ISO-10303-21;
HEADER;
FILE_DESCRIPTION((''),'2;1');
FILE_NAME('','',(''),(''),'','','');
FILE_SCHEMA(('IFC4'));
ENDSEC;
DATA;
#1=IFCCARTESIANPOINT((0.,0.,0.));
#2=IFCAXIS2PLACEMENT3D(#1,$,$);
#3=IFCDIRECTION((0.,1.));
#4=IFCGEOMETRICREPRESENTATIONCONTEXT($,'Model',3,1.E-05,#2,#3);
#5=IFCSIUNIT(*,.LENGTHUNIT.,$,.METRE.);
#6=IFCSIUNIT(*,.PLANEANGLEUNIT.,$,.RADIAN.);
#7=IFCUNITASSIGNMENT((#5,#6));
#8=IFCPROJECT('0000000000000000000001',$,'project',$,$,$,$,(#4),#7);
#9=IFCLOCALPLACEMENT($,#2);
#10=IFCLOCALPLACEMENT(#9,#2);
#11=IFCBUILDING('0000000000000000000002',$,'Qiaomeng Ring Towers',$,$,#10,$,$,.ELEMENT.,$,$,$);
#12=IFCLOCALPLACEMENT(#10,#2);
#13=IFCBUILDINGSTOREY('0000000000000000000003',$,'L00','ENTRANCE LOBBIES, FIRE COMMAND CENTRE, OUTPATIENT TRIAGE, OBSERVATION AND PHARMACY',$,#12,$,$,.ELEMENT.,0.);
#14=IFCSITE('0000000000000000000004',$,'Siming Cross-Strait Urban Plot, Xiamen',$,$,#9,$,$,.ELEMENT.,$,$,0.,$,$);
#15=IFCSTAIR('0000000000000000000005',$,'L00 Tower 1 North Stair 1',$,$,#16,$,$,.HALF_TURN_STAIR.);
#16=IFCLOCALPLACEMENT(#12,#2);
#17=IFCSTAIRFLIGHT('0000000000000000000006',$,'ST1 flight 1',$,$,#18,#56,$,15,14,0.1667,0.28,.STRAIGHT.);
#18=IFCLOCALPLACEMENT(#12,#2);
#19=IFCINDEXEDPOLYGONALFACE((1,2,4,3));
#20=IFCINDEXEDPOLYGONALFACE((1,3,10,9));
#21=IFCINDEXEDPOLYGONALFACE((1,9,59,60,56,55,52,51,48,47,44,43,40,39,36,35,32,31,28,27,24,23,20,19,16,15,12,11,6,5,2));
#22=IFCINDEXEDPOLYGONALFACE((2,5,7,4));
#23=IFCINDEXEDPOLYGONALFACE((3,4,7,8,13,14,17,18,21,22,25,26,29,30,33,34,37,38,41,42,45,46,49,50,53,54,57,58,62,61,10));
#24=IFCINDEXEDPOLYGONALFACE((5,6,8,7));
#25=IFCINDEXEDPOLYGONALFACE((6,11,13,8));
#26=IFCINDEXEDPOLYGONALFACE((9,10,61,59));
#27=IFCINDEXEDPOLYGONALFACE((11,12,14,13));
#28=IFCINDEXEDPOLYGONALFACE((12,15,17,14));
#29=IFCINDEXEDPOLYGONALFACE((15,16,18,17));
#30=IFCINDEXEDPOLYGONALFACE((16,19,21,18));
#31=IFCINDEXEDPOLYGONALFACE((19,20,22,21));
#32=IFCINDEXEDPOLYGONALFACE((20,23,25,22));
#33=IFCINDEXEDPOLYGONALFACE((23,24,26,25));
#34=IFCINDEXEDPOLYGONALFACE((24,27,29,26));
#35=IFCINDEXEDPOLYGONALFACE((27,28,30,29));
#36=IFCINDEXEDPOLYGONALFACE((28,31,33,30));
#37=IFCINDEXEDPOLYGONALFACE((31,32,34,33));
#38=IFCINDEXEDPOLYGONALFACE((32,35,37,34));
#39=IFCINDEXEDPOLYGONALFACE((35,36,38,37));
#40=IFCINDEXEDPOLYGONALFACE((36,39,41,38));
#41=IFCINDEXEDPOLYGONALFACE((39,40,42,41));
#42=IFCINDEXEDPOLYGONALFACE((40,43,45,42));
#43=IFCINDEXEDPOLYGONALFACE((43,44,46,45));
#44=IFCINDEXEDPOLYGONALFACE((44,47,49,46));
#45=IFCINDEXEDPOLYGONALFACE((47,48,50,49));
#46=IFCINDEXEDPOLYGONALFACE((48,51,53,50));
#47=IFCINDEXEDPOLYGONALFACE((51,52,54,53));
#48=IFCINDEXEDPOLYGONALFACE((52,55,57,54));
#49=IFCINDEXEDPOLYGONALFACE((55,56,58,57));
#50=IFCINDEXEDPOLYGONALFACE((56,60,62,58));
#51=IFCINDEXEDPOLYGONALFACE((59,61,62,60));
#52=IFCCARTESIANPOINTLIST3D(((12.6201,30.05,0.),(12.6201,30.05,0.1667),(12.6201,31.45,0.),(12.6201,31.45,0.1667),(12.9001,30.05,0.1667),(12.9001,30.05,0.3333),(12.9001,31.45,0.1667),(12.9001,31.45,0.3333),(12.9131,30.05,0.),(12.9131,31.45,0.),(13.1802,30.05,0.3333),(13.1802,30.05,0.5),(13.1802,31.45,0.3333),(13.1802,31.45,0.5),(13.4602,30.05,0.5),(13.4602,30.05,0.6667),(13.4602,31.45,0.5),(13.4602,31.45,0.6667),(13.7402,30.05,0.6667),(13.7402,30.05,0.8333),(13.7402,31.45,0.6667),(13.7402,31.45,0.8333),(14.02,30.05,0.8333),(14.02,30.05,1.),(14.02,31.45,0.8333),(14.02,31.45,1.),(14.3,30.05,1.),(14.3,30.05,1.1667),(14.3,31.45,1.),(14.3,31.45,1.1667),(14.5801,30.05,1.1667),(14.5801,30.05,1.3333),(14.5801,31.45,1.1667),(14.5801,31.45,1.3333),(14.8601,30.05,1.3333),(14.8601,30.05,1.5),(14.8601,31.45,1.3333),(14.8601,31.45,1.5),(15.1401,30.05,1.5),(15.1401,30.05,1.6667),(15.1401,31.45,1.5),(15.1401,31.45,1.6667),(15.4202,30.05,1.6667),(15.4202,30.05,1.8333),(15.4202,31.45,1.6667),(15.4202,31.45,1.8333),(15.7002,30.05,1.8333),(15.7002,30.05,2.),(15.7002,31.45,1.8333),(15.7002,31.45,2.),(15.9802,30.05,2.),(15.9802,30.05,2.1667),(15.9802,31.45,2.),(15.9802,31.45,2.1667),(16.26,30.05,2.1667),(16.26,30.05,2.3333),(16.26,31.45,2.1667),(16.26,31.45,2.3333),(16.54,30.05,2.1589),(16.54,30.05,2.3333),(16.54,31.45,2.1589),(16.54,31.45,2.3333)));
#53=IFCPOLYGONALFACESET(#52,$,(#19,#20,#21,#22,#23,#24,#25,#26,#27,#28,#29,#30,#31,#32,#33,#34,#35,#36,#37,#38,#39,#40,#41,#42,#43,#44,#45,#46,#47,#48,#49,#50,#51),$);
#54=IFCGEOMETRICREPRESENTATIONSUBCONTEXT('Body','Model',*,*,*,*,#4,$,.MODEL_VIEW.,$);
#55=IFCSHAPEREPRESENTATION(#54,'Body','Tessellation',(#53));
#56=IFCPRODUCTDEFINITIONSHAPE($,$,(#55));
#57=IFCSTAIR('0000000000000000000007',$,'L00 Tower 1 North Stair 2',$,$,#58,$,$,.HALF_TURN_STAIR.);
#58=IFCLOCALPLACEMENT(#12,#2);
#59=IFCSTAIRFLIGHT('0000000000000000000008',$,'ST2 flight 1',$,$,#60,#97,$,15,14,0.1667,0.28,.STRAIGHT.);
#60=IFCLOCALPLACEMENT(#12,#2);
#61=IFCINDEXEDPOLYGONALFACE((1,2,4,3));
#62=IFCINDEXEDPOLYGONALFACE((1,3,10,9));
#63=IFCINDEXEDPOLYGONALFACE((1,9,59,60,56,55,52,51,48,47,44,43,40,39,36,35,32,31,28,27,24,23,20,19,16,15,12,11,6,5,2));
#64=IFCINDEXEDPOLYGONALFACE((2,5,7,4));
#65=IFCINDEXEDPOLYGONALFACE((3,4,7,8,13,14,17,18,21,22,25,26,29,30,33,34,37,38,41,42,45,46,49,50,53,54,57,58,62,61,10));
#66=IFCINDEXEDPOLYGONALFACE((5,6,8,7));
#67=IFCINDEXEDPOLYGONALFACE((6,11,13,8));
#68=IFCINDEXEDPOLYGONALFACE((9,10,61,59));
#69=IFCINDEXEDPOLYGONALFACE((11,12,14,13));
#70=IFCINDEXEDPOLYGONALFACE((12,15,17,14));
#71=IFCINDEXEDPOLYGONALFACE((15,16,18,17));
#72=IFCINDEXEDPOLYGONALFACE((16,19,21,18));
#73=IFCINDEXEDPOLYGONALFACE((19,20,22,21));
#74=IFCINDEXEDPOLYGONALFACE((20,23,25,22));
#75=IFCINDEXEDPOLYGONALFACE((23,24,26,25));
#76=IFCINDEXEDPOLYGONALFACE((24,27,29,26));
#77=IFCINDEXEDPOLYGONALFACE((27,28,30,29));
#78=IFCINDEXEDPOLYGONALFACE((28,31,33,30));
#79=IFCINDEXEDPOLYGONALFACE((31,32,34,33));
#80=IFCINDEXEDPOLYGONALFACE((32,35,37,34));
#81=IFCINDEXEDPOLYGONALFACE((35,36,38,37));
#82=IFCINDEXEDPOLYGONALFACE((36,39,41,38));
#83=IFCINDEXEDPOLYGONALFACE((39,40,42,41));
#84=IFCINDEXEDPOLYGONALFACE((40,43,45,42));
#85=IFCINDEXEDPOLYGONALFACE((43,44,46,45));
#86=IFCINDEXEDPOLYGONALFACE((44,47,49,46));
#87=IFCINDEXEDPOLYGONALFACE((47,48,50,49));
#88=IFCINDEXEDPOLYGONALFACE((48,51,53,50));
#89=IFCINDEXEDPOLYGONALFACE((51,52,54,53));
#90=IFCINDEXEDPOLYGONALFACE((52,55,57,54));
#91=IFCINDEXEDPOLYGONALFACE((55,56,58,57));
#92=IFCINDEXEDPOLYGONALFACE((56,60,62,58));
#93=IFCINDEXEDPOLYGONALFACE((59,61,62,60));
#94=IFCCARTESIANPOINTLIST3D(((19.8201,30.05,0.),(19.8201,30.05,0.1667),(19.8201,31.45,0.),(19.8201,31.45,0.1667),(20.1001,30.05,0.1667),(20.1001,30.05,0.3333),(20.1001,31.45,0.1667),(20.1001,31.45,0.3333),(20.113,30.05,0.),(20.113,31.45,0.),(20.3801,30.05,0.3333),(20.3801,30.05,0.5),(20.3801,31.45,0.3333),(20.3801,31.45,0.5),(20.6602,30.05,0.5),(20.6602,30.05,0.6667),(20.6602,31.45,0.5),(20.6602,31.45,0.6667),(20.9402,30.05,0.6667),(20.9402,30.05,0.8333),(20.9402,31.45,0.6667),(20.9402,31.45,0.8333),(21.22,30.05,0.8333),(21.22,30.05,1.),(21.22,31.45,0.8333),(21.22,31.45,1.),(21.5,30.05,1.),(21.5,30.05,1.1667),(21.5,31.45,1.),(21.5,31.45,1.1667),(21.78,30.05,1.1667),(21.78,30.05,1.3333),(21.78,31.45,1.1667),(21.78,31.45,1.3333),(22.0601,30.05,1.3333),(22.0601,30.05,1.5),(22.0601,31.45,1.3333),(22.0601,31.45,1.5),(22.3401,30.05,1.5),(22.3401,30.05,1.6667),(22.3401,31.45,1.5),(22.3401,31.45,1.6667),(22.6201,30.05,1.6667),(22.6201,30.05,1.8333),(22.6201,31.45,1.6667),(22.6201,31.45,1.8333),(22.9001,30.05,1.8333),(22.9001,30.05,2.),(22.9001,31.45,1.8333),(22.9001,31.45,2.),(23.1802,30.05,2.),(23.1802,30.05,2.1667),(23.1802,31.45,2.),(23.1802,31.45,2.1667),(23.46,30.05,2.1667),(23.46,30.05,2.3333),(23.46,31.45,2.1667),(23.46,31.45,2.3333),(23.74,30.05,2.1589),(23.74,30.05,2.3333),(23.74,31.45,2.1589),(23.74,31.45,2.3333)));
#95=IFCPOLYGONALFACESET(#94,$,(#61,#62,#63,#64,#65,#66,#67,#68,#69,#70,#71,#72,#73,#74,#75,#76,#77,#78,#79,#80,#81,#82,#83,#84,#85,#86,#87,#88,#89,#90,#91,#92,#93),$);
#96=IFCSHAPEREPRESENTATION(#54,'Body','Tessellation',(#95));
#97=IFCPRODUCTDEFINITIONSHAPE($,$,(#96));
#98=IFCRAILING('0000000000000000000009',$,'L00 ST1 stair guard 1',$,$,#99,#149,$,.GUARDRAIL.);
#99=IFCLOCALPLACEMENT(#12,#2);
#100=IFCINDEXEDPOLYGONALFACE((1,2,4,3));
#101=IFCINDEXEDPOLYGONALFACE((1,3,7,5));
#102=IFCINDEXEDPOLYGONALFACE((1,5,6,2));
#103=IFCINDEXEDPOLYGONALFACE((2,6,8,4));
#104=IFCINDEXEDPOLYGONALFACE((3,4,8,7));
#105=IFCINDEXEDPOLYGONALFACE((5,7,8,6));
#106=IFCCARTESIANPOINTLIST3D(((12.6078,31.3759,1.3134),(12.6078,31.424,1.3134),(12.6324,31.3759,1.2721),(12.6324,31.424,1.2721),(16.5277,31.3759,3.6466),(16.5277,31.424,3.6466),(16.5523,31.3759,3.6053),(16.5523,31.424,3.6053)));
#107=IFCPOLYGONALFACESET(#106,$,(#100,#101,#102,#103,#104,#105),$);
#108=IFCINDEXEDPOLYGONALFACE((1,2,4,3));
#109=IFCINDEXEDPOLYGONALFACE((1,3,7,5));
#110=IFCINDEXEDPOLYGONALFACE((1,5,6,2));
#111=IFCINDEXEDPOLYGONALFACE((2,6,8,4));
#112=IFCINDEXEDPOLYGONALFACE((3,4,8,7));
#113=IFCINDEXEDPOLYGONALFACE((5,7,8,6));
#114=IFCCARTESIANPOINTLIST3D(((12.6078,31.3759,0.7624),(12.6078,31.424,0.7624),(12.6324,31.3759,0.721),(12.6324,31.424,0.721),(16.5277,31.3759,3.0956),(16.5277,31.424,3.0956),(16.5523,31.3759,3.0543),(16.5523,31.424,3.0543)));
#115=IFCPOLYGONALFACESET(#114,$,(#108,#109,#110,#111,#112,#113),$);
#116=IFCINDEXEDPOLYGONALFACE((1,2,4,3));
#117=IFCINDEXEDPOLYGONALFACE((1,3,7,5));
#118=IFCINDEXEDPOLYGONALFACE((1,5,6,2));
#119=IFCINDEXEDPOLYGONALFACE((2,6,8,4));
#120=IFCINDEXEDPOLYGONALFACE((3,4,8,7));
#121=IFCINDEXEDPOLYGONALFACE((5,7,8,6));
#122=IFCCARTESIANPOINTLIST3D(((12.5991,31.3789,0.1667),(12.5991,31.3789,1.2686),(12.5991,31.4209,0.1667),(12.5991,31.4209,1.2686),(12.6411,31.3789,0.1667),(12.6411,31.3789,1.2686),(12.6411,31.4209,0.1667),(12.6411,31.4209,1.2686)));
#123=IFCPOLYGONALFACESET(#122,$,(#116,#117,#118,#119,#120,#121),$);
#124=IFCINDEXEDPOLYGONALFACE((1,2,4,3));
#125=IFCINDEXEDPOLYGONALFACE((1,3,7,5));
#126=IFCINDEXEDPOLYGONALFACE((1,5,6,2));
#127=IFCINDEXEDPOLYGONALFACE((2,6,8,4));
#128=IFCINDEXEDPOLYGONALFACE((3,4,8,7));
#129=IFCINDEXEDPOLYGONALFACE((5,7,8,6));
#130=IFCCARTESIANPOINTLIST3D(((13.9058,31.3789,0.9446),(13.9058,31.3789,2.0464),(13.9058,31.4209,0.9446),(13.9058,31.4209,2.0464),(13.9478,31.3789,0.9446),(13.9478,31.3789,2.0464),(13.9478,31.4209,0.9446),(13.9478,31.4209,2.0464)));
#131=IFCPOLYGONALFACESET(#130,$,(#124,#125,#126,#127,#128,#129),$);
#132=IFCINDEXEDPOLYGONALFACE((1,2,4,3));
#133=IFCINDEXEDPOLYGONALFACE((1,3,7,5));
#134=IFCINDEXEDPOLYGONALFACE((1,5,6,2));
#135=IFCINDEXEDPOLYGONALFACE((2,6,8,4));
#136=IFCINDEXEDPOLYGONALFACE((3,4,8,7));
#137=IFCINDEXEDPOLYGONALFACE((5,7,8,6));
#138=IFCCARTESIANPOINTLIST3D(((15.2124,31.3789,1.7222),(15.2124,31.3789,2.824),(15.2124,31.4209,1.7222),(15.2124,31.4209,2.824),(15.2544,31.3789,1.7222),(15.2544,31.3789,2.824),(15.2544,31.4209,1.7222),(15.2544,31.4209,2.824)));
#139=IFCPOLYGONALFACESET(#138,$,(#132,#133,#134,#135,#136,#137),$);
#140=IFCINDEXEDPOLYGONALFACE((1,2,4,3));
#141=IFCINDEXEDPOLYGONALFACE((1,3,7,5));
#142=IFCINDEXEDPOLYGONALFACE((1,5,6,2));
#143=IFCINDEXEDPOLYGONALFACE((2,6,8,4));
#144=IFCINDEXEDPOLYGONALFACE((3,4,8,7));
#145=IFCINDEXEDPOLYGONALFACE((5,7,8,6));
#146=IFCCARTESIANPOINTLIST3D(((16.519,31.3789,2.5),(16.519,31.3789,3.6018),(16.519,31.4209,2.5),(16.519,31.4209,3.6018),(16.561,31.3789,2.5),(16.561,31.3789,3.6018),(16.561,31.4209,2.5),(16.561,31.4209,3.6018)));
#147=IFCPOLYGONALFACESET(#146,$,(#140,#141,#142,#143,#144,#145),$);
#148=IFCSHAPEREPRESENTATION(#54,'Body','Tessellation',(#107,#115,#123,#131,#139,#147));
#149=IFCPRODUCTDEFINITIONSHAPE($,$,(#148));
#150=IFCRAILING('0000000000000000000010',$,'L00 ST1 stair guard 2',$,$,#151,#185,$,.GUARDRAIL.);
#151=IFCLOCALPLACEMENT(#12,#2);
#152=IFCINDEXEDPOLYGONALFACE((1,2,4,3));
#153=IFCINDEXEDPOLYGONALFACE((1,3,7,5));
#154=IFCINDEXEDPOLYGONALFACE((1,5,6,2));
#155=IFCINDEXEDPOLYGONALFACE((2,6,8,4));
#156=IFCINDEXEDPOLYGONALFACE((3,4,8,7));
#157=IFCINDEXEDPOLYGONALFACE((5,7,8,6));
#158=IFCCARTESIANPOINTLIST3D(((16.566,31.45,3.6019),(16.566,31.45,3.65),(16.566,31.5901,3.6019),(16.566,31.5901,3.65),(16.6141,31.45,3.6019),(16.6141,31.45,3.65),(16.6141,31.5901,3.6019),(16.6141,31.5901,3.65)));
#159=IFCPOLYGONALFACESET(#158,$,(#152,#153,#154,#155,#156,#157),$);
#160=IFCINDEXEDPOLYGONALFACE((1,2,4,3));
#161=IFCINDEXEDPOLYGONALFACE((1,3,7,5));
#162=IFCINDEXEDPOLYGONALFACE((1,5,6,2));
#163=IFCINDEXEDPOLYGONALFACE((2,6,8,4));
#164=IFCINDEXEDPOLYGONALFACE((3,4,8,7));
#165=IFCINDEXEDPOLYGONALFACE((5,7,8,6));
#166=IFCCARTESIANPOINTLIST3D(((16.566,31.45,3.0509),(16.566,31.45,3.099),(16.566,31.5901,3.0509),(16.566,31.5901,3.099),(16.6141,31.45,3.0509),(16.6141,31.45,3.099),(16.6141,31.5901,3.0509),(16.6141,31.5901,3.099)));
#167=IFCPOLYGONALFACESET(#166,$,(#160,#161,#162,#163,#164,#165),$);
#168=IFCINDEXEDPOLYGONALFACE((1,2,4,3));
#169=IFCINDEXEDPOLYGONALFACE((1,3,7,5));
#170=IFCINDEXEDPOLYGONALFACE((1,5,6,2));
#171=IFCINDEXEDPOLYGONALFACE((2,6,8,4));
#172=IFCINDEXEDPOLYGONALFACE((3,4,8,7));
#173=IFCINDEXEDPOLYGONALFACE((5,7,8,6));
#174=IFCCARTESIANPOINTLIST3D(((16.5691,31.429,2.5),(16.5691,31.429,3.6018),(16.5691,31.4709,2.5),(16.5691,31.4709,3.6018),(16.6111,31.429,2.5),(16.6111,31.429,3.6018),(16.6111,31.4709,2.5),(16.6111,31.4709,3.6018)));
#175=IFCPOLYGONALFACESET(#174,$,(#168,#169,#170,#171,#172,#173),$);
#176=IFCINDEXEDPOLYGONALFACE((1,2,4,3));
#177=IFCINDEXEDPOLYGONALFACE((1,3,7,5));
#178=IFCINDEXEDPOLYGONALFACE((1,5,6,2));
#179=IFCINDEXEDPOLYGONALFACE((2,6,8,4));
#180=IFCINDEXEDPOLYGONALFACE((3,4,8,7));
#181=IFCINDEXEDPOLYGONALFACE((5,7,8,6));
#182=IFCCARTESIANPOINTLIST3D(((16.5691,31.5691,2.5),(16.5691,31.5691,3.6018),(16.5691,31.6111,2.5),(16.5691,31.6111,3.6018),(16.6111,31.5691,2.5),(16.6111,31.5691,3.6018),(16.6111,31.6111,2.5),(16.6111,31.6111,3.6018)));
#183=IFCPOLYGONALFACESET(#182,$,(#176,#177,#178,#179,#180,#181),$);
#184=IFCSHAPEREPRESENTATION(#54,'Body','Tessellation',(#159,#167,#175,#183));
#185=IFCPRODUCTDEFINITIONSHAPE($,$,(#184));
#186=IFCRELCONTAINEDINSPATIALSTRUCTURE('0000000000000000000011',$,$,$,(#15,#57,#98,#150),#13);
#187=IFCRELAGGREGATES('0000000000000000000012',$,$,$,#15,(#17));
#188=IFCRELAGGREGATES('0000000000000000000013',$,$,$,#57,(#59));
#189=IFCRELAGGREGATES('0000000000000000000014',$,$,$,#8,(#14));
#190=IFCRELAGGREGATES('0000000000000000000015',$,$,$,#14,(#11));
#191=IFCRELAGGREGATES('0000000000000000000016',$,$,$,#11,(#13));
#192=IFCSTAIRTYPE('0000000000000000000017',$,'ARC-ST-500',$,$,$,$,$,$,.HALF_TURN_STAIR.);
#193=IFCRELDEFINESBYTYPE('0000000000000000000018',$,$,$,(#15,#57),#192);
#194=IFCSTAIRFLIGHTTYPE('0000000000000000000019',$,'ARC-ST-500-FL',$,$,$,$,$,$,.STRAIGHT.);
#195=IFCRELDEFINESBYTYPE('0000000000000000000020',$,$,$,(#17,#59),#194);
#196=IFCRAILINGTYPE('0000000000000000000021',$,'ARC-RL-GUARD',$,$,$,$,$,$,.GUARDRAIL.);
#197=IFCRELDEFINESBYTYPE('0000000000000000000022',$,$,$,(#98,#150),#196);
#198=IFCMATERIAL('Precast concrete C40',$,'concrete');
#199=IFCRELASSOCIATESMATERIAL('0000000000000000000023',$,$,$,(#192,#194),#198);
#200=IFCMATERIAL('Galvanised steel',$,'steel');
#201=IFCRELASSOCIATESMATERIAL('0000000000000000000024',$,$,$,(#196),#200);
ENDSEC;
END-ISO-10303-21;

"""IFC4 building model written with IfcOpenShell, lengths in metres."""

from ifc_helpers import new_model, si_unit, direction, frame, origin, origin_2d, place, context, subcontext, project, spatial, polyline, rectangle, outline, extrude, source, transform, mapped, material, type_object, element, aggregate, save


model = new_model("IFC4")

# Units and contexts
model_context = context("Model", 3, precision=1e-05, world=origin(), true_north=direction((0.0, 1.0)))
body_context = subcontext(model_context, "Body", "Model", "MODEL_VIEW")
ifc_project = project(units=[si_unit("LENGTHUNIT", "METRE"), si_unit("PLANEANGLEUNIT", "RADIAN")], contexts=[model_context])

# Site, building, storey
site_placement = place(None, origin())
site = spatial("IfcSite", under=ifc_project, at=site_placement, Name="Siming Cross-Strait Urban Plot, Xiamen", CompositionType="ELEMENT", RefElevation=0.0)
building_placement = place(site_placement, origin())
building = spatial("IfcBuilding", under=site, at=building_placement, Name="Qiaomeng Ring Towers", CompositionType="ELEMENT")
storey_placement = place(building_placement, origin())
storey = spatial("IfcBuildingStorey", under=building, at=storey_placement, Name="L00", Description="ENTRANCE LOBBIES, FIRE COMMAND CENTRE, OUTPATIENT TRIAGE, OBSERVATION AND PHARMACY", CompositionType="ELEMENT", Elevation=0.0)

# Shared definitions
ifc_material_1 = material(Name="Galvanised steel", Category="steel")

# Stairs, stair flights
ifc_material_2 = material(Name="Precast concrete C40", Category="concrete")
stair_type = type_object("IfcStairType", Name="ARC-ST-500", PredefinedType="HALF_TURN_STAIR", material=ifc_material_2)
stair_1_placement = place(storey_placement, origin())
stair_1 = element("IfcStair", 1, at=stair_1_placement, inside=storey, type_object=stair_type, Name="L00 Tower 1 North Stair 1", PredefinedType="HALF_TURN_STAIR")
stair_flight_type = type_object("IfcStairFlightType", Name="ARC-ST-500-FL", PredefinedType="STRAIGHT", material=ifc_material_2)
shared_shape_1 = source(origin(), body_context, "Body", "SweptSolid", [
    extrude(outline(polyline([(0.0, 0.0), (0.0, 0.1667), (0.28, 0.1667), (0.28, 0.3333), (0.5601, 0.3333), (0.5601, 0.5), (0.8401, 0.5), (0.8401, 0.6667), (1.1201, 0.6667), (1.1201, 0.8333), (1.3999, 0.8333), (1.3999, 1.0), (1.6799, 1.0), (1.6799, 1.1667), (1.96, 1.1667), (1.96, 1.3333), (2.24, 1.3333), (2.24, 1.5), (2.52, 1.5), (2.52, 1.6667), (2.8, 1.6667), (2.8, 1.8333), (3.0801, 1.8333), (3.0801, 2.0), (3.3601, 2.0), (3.3601, 2.1667), (3.6399, 2.1667), (3.6399, 2.3333), (3.9199, 2.3333), (3.9199, 2.5), (3.9199, 2.1589), (0.293, 0.0), (0.0, 0.0)])), frame((0.0, 0.7, 0.0), z_axis=(0.0, -1.0, 0.0), x_axis=(1.0, 0.0, 0.0)), (0.0, 0.0, 1.0), 1.3999),
])
stair_flight_1_placement = place(storey_placement, frame((12.6201, 30.75, 0.0), z_axis=(0.0, 0.0, 1.0), x_axis=(1.0, 0.0, 0.0)))
stair_flight_1 = element("IfcStairFlight", 2, at=stair_flight_1_placement, type_object=stair_flight_type, Name="ST1 flight 1", NumberOfRisers=15, NumberOfTreads=14, PredefinedType="STRAIGHT", RiserHeight=0.1667, TreadLength=0.28, context=body_context, shape_type="MappedRepresentation", body=[
    mapped(shared_shape_1, transform((0.0, 0.0, 0.0), x_axis=(1.0, 0.0, 0.0), y_axis=(0.0, 1.0, 0.0), z_axis=(0.0, 0.0, 1.0), scale=1.0)),
])
aggregate(stair_1, [stair_flight_1])
stair_2_placement = place(storey_placement, origin())
stair_2 = element("IfcStair", 3, at=stair_2_placement, inside=storey, type_object=stair_type, Name="L00 Tower 1 North Stair 2", PredefinedType="HALF_TURN_STAIR")
stair_flight_2_placement = place(storey_placement, frame((19.8201, 30.75, 0.0), z_axis=(0.0, 0.0, 1.0), x_axis=(1.0, 0.0, 0.0)))
stair_flight_2 = element("IfcStairFlight", 4, at=stair_flight_2_placement, type_object=stair_flight_type, Name="ST2 flight 1", NumberOfRisers=15, NumberOfTreads=14, PredefinedType="STRAIGHT", RiserHeight=0.1667, TreadLength=0.28, context=body_context, shape_type="MappedRepresentation", body=[
    mapped(shared_shape_1, transform((0.0, 0.0, 0.0), x_axis=(1.0, 0.0, 0.0), y_axis=(0.0, 1.0, 0.0), z_axis=(0.0, 0.0, 1.0), scale=1.0)),
])
aggregate(stair_2, [stair_flight_2])

# Railings
railing_type_1 = type_object("IfcRailingType", Name="ARC-RL-GUARD", PredefinedType="GUARDRAIL", material=ifc_material_1)
railing_1_placement = place(storey_placement, frame((12.6201, 31.3999, 0.1667)))
element("IfcRailing", 5, at=railing_1_placement, inside=storey, type_object=railing_type_1, Name="L00 ST1 stair guard 1", PredefinedType="GUARDRAIL", context=body_context, shape_type="SweptSolid", body=[
    extrude(rectangle(XDim=0.0481, YDim=0.0481, at=origin_2d()), frame((0.0, 0.0, 1.126), z_axis=(0.859296, 0.0, 0.511478), x_axis=(0.0, 1.0, 0.0)), (0.0, 0.0, 1.0), 4.5618),
    extrude(rectangle(XDim=0.0481, YDim=0.0481, at=origin_2d()), frame((0.0, 0.0, 0.575), z_axis=(0.859296, 0.0, 0.511478), x_axis=(0.0, 1.0, 0.0)), (0.0, 0.0, 1.0), 4.5618),
    extrude(rectangle(XDim=0.042, YDim=0.042, at=origin_2d()), origin(), (0.0, 0.0, 1.0), 1.1018),
    extrude(rectangle(XDim=0.042, YDim=0.042, at=origin_2d()), frame((1.3066, 0.0, 0.7778)), (0.0, 0.0, 1.0), 1.1018),
    extrude(rectangle(XDim=0.042, YDim=0.042, at=origin_2d()), frame((2.6133, 0.0, 1.5554)), (0.0, 0.0, 1.0), 1.1018),
    extrude(rectangle(XDim=0.042, YDim=0.042, at=origin_2d()), frame((3.9199, 0.0, 2.3333)), (0.0, 0.0, 1.0), 1.1018),
])
railing_2_placement = place(storey_placement, frame((16.5901, 31.45, 2.5)))
element("IfcRailing", 6, at=railing_2_placement, inside=storey, type_object=railing_type_1, Name="L00 ST1 stair guard 2", PredefinedType="GUARDRAIL", context=body_context, shape_type="SweptSolid", body=[
    extrude(rectangle(XDim=0.0481, YDim=0.0481, at=origin_2d()), frame((0.0, 0.0, 1.126), z_axis=(0.0, 1.0, 0.0), x_axis=(-1.0, 0.0, 0.0)), (0.0, 0.0, 1.0), 0.1401),
    extrude(rectangle(XDim=0.0481, YDim=0.0481, at=origin_2d()), frame((0.0, 0.0, 0.575), z_axis=(0.0, 1.0, 0.0), x_axis=(-1.0, 0.0, 0.0)), (0.0, 0.0, 1.0), 0.1401),
    extrude(rectangle(XDim=0.042, YDim=0.042, at=origin_2d()), origin(), (0.0, 0.0, 1.0), 1.1018),
    extrude(rectangle(XDim=0.042, YDim=0.042, at=origin_2d()), frame((0.0, 0.1401, 0.0)), (0.0, 0.0, 1.0), 1.1018),
])

save(model, "model.ifc")
